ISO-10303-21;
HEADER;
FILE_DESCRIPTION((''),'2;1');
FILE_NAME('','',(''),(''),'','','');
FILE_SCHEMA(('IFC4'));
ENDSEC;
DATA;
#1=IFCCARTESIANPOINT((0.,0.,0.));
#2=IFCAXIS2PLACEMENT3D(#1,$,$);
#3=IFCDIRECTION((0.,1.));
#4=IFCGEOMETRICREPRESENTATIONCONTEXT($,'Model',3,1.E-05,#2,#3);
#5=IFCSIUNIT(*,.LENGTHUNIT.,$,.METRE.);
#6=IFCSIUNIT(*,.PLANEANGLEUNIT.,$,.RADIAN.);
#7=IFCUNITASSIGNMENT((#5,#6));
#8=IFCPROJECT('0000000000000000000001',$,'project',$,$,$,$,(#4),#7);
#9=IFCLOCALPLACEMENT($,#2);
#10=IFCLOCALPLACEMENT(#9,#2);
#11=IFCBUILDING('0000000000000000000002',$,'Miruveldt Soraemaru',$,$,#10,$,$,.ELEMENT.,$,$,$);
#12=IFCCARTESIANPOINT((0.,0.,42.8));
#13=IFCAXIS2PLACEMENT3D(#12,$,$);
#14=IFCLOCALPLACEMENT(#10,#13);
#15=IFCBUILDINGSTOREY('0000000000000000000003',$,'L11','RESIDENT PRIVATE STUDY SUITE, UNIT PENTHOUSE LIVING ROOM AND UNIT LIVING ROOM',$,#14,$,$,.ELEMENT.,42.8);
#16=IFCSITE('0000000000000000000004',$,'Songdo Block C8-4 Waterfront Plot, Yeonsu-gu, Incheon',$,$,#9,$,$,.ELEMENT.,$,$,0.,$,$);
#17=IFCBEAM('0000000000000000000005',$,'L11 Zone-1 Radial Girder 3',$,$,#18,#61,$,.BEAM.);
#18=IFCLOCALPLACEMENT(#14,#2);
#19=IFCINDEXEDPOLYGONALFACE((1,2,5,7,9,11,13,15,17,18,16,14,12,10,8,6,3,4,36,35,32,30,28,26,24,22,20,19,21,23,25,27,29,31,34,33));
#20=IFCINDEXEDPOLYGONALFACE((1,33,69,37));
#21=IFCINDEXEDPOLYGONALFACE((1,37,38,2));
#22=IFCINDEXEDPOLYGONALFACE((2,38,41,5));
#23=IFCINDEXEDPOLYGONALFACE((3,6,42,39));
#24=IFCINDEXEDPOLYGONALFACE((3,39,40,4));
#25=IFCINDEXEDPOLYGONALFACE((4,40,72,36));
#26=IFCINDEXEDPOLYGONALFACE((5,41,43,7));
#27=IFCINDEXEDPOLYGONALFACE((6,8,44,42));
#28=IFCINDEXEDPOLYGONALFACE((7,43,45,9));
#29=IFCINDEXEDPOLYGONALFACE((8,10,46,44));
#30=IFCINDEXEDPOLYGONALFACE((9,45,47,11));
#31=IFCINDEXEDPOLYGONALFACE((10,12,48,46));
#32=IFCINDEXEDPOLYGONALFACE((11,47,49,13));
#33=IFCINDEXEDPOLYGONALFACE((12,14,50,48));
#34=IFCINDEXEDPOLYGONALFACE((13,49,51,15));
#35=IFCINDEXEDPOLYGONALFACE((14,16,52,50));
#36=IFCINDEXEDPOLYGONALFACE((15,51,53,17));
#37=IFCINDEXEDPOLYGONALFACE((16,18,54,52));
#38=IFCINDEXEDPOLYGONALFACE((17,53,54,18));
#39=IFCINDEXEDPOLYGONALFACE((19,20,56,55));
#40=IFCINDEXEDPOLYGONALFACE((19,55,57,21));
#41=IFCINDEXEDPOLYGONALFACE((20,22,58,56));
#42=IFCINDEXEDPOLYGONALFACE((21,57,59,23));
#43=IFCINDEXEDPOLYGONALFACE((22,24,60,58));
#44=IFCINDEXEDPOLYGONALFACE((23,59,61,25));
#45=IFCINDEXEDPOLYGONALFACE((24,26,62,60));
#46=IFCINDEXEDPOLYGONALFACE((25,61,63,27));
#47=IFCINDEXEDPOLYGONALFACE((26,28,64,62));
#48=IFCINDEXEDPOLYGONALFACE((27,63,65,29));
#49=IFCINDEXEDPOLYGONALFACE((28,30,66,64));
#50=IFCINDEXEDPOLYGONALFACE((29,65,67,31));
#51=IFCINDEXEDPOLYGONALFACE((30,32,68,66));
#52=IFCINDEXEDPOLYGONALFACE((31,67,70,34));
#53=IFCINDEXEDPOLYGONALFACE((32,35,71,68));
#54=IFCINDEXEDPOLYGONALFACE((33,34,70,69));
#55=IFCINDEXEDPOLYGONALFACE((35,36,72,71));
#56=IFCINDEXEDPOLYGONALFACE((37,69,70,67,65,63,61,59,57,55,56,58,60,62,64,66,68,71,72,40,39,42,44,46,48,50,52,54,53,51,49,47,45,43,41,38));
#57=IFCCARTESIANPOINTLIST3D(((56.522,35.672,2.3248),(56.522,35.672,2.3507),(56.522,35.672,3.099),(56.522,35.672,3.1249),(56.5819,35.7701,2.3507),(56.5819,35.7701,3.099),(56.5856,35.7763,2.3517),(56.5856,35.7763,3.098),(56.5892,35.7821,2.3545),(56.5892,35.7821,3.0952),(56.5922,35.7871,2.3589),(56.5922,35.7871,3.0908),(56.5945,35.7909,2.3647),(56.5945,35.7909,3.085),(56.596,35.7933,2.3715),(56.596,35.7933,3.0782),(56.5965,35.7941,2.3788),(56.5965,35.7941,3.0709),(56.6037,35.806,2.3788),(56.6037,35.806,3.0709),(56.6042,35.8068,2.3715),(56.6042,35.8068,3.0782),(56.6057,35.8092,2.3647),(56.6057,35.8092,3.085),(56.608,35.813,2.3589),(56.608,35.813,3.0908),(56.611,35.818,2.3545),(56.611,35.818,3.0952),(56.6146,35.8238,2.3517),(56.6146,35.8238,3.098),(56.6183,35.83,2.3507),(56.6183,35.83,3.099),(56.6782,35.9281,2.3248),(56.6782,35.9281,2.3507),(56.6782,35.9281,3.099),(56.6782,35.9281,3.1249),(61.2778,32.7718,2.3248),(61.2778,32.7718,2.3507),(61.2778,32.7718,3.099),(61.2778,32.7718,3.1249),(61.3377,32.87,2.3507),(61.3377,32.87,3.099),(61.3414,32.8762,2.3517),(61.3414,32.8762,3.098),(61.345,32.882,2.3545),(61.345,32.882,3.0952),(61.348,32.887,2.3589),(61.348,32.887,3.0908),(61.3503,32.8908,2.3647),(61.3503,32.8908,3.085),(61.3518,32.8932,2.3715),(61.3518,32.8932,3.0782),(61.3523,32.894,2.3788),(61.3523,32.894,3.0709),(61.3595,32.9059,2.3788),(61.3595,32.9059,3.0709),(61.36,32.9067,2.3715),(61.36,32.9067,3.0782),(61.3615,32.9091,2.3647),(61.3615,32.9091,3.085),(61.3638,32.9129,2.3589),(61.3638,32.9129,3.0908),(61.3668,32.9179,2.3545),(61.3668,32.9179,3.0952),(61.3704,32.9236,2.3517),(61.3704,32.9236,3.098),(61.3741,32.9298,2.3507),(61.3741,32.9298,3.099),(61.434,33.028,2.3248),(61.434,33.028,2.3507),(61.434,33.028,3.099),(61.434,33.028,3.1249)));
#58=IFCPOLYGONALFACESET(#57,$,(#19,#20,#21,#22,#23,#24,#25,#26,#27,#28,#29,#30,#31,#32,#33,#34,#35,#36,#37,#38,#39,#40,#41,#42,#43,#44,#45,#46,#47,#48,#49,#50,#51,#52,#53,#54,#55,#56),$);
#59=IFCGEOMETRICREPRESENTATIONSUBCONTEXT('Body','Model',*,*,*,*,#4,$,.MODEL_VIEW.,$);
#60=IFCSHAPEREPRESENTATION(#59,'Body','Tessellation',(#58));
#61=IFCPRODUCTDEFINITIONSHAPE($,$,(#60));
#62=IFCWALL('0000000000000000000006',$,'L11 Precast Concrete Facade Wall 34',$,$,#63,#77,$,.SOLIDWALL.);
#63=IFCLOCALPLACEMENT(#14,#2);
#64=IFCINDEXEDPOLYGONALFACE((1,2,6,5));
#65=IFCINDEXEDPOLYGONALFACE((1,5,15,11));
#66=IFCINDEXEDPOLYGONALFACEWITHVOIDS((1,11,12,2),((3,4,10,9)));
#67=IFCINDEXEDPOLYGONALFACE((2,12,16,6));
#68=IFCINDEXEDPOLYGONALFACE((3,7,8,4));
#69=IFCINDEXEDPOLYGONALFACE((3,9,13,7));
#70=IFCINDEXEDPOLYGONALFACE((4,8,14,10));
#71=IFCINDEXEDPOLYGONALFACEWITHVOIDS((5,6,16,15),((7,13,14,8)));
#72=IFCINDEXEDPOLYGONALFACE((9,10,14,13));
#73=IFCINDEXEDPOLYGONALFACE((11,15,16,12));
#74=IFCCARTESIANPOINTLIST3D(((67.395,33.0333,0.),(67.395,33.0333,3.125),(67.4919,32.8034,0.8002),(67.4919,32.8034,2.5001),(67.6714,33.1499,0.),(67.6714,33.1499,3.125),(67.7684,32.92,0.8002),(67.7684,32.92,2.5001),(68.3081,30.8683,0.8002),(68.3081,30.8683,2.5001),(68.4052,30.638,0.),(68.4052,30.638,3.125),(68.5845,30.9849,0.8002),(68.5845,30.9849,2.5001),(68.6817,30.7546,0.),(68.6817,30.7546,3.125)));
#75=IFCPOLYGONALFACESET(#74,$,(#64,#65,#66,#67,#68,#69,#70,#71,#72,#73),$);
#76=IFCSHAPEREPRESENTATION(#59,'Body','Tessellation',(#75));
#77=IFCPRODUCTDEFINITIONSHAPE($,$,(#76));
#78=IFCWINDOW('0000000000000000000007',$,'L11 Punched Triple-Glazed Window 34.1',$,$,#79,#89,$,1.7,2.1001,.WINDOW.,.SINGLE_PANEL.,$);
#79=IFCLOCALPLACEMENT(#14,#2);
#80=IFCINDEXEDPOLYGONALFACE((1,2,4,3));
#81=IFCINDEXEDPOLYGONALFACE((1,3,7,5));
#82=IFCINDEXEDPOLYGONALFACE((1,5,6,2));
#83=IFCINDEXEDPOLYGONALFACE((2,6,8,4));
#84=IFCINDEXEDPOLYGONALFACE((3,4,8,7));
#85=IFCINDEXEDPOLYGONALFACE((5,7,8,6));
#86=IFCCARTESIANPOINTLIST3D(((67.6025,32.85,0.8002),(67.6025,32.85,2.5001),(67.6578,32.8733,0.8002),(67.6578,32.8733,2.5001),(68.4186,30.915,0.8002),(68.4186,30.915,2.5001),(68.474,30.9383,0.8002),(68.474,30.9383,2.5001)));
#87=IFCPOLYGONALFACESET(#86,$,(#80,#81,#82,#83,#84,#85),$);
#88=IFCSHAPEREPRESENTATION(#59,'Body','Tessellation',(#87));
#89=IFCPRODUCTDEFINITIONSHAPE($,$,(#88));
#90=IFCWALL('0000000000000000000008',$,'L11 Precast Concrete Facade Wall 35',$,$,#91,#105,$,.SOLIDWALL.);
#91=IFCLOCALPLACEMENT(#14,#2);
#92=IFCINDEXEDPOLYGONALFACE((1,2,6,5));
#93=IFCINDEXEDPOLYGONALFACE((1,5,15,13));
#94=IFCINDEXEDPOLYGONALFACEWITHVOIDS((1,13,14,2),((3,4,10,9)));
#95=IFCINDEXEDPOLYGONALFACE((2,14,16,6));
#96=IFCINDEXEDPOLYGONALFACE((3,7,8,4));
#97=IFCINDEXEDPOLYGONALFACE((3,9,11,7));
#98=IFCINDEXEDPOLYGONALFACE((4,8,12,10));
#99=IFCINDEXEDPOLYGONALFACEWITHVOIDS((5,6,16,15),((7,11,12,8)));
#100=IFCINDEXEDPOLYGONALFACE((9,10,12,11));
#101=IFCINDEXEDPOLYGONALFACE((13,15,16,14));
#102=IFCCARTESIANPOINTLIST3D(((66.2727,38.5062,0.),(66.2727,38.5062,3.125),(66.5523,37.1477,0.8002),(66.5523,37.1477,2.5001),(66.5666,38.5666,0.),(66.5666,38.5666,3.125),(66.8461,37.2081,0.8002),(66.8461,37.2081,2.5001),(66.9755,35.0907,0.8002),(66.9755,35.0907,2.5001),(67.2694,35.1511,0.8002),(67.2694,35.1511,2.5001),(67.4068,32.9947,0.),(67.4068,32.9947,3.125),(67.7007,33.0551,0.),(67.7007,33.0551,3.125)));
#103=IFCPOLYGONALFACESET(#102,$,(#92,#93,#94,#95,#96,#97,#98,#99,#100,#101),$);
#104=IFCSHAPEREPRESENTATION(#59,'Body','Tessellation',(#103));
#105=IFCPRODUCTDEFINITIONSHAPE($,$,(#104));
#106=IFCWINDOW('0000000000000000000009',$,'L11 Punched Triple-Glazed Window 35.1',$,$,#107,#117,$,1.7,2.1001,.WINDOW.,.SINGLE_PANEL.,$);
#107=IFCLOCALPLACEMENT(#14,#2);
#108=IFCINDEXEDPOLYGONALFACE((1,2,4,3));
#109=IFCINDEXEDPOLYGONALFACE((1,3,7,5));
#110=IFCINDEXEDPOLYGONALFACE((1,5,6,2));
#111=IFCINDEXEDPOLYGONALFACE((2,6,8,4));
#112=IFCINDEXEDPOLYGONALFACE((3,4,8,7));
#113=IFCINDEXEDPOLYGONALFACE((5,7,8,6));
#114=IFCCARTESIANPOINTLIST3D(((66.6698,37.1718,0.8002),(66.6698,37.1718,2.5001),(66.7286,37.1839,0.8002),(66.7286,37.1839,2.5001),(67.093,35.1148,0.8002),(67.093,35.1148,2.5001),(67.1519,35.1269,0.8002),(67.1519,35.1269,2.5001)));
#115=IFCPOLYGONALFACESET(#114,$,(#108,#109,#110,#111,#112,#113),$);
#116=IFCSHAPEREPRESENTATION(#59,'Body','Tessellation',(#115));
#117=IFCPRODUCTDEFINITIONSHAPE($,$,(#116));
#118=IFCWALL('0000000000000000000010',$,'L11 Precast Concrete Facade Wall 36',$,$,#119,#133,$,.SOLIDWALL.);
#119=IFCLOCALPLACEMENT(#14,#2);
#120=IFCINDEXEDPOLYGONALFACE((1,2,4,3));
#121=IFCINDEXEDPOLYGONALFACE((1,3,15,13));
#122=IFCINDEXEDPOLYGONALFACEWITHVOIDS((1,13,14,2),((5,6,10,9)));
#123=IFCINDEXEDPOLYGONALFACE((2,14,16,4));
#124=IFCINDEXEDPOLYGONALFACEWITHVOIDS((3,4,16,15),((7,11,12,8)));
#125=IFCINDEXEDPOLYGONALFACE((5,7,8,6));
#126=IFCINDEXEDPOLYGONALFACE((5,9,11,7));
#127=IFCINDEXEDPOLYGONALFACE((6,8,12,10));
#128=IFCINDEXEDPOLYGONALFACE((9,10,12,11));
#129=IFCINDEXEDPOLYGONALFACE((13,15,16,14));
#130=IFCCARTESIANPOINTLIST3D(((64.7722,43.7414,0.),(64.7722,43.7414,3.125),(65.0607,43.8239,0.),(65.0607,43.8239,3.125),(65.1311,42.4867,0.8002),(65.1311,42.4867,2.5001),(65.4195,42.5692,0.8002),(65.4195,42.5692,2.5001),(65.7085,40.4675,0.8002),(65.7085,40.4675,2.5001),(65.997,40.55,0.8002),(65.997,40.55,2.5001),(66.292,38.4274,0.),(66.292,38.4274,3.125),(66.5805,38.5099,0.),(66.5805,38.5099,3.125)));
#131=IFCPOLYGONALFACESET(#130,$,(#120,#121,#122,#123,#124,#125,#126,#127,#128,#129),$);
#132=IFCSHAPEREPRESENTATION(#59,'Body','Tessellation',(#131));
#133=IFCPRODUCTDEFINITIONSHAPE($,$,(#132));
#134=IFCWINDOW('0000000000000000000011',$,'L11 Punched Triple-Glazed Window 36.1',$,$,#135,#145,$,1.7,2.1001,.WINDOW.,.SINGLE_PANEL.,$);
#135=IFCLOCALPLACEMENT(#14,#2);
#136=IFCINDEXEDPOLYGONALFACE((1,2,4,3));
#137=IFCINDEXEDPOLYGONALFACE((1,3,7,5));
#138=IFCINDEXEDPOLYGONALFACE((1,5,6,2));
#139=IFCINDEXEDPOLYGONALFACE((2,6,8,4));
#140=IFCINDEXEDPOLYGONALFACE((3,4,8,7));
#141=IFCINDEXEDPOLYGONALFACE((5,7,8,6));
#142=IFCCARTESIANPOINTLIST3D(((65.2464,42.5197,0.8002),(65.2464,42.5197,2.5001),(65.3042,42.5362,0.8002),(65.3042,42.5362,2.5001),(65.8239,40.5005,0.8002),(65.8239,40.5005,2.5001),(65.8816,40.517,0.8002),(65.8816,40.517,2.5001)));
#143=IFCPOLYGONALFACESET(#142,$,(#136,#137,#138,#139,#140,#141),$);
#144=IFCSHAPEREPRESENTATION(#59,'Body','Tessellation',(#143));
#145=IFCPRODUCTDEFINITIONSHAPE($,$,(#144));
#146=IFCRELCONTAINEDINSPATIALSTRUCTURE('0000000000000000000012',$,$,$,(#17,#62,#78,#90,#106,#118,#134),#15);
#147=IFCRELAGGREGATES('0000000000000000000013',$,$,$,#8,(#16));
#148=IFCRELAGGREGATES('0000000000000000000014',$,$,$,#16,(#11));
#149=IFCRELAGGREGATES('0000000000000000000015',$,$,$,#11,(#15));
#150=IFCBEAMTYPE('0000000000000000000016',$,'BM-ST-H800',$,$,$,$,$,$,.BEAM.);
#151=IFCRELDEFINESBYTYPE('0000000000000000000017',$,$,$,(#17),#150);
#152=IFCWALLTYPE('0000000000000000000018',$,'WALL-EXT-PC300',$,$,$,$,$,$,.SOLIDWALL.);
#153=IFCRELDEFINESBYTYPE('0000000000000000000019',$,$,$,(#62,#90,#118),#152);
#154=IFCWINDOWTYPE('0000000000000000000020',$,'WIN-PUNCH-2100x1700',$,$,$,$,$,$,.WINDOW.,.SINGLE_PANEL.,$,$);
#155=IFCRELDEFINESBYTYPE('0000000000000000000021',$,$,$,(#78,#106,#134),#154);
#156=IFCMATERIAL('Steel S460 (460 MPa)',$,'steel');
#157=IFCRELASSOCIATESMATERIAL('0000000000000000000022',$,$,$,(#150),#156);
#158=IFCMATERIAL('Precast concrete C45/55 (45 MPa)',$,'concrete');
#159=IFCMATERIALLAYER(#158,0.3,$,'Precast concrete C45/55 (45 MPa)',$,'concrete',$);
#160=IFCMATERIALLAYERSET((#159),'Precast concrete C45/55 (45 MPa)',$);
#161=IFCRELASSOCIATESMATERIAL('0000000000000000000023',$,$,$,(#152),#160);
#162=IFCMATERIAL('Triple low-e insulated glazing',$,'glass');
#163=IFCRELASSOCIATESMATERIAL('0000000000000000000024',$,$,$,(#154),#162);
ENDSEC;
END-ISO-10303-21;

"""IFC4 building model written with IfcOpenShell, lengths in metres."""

from ifc_helpers import new_model, si_unit, direction, frame, frame_2d, origin, origin_2d, place, context, subcontext, project, spatial, rectangle, i_section, extrude, material, layer, layer_set, material_profile, profile_set, type_object, element, fill, save


model = new_model("IFC4")

# Units and contexts
model_context = context("Model", 3, precision=1e-05, world=origin(), true_north=direction((0.0, 1.0)))
body_context = subcontext(model_context, "Body", "Model", "MODEL_VIEW")
ifc_project = project(units=[si_unit("LENGTHUNIT", "METRE"), si_unit("PLANEANGLEUNIT", "RADIAN")], contexts=[model_context])

# Site, building, storey
site_placement = place(None, origin())
site = spatial("IfcSite", under=ifc_project, at=site_placement, Name="Songdo Block C8-4 Waterfront Plot, Yeonsu-gu, Incheon", CompositionType="ELEMENT", RefElevation=0.0)
building_placement = place(site_placement, origin())
building = spatial("IfcBuilding", under=site, at=building_placement, Name="Miruveldt Soraemaru", CompositionType="ELEMENT")
storey_placement = place(building_placement, frame((0.0, 0.0, 42.8)))
storey = spatial("IfcBuildingStorey", under=building, at=storey_placement, Name="L11", Description="RESIDENT PRIVATE STUDY SUITE, UNIT PENTHOUSE LIVING ROOM AND UNIT LIVING ROOM", CompositionType="ELEMENT", Elevation=42.8)

# Beam
ifc_material_1 = material(Name="Steel S460 (460 MPa)", Category="steel")
ifc_material_profile_1 = material_profile(ifc_material_1, i_section(OverallWidth=0.3, OverallDepth=0.8, WebThickness=0.0139, FlangeThickness=0.0259, FilletRadius=0.0281, at=origin_2d()), Name="Steel S460 (460 MPa)", Category="steel")
ifc_profile_set_1 = profile_set([ifc_material_profile_1], Name="Steel S460 (460 MPa)")
beam_type_1 = type_object("IfcBeamType", Name="BM-ST-H800", PredefinedType="BEAM", material=ifc_profile_set_1)
beam_1_placement = place(storey_placement, frame((56.6001, 35.8, 2.7249), z_axis=(0.853778, -0.520638, 0.0), x_axis=(0.520638, 0.853778, 0.0)))
element("IfcBeam", 1, at=beam_1_placement, inside=storey, type_object=beam_type_1, Name="L11 Zone-1 Radial Girder 3", PredefinedType="BEAM", context=body_context, shape_type="SweptSolid", body=[
    extrude(i_section(OverallWidth=0.3, OverallDepth=0.8, WebThickness=0.0139, FlangeThickness=0.0259, FilletRadius=0.0281, at=origin_2d()), origin(), (0.0, 0.0, 1.0), 5.5703),
])

# Walls, openings, windows
ifc_material_2 = material(Name="Precast concrete C45/55 (45 MPa)", Category="concrete")
ifc_layer_1 = layer(ifc_material_2, 0.3, Name="Precast concrete C45/55 (45 MPa)", Category="concrete")
ifc_layer_set_1 = layer_set([ifc_layer_1], Name="Precast concrete C45/55 (45 MPa)")
wall_type_1 = type_object("IfcWallType", Name="WALL-EXT-PC300", PredefinedType="SOLIDWALL", material=ifc_layer_set_1)
wall_1_placement = place(storey_placement, frame((68.5435, 30.6963, 0.0), z_axis=(0.0, 0.0, 1.0), x_axis=(-0.38862, 0.921398, 0.0)))
wall_1 = element("IfcWall", 2, at=wall_1_placement, inside=storey, type_object=wall_type_1, Name="L11 Precast Concrete Facade Wall 34", PredefinedType="SOLIDWALL", context=body_context, shape_type="SweptSolid", body=[
    extrude(rectangle(XDim=2.5996, YDim=0.3, at=frame_2d((1.2998, 0.0))), origin(), (0.0, 0.0, 1.0), 3.125),
])
opening_1_placement = place(wall_1_placement, frame((0.25, 0.0, 0.8)))
opening_1 = element("IfcOpeningElement", 3, at=opening_1_placement, cuts=wall_1, PredefinedType="OPENING", context=body_context, shape_type="SweptSolid", body=[
    extrude(rectangle(XDim=2.1001, YDim=1.7, at=frame_2d((1.05, 0.8501))), frame((0.0, 0.1602, 0.0), z_axis=(0.0, -1.0, 0.0), x_axis=(1.0, 0.0, 0.0)), (0.0, 0.0, 1.0), 0.3201),
])
ifc_material_3 = material(Name="Triple low-e insulated glazing", Category="glass")
window_type = type_object("IfcWindowType", Name="WIN-PUNCH-2100x1700", PartitioningType="SINGLE_PANEL", PredefinedType="WINDOW", material=ifc_material_3)
window_1_placement = place(opening_1_placement, origin())
window_1 = element("IfcWindow", 4, at=window_1_placement, inside=storey, type_object=window_type, Name="L11 Punched Triple-Glazed Window 34.1", OverallHeight=1.7, OverallWidth=2.1001, PartitioningType="SINGLE_PANEL", PredefinedType="WINDOW", context=body_context, shape_type="SweptSolid", body=[
    extrude(rectangle(XDim=2.1001, YDim=1.7, at=frame_2d((1.05, 0.8501))), frame((0.0, 0.03, 0.0), z_axis=(0.0, -1.0, 0.0), x_axis=(1.0, 0.0, 0.0)), (0.0, 0.0, 1.0), 0.0601),
])
fill(opening_1, window_1)
wall_2_placement = place(storey_placement, frame((67.5537, 33.0249, 0.0), z_axis=(0.0, 0.0, 1.0), x_axis=(-0.201537, 0.979481, 0.0)))
wall_2 = element("IfcWall", 5, at=wall_2_placement, inside=storey, type_object=wall_type_1, Name="L11 Precast Concrete Facade Wall 35", PredefinedType="SOLIDWALL", context=body_context, shape_type="SweptSolid", body=[
    extrude(rectangle(XDim=5.627, YDim=0.3, at=frame_2d((2.8135, 0.0))), origin(), (0.0, 0.0, 1.0), 3.125),
])
opening_2_placement = place(wall_2_placement, frame((2.1399, 0.0, 0.8)))
opening_2 = element("IfcOpeningElement", 6, at=opening_2_placement, cuts=wall_2, PredefinedType="OPENING", context=body_context, shape_type="SweptSolid", body=[
    extrude(rectangle(XDim=2.1001, YDim=1.7, at=frame_2d((1.05, 0.8501))), frame((0.0, 0.1602, 0.0), z_axis=(0.0, -1.0, 0.0), x_axis=(1.0, 0.0, 0.0)), (0.0, 0.0, 1.0), 0.3201),
])
window_2_placement = place(opening_2_placement, origin())
window_2 = element("IfcWindow", 7, at=window_2_placement, inside=storey, type_object=window_type, Name="L11 Punched Triple-Glazed Window 35.1", OverallHeight=1.7, OverallWidth=2.1001, PartitioningType="SINGLE_PANEL", PredefinedType="WINDOW", context=body_context, shape_type="SweptSolid", body=[
    extrude(rectangle(XDim=2.1001, YDim=1.7, at=frame_2d((1.05, 0.8501))), frame((0.0, 0.03, 0.0), z_axis=(0.0, -1.0, 0.0), x_axis=(1.0, 0.0, 0.0)), (0.0, 0.0, 1.0), 0.0601),
])
fill(opening_2, window_2)
wall_3_placement = place(storey_placement, frame((66.4363, 38.4685, 0.0), z_axis=(0.0, 0.0, 1.0), x_axis=(-0.274972, 0.961452, 0.0)))
wall_3 = element("IfcWall", 8, at=wall_3_placement, inside=storey, type_object=wall_type_1, Name="L11 Precast Concrete Facade Wall 36", PredefinedType="SOLIDWALL", context=body_context, shape_type="SweptSolid", body=[
    extrude(rectangle(XDim=5.5271, YDim=0.3, at=frame_2d((2.7637, 0.0))), origin(), (0.0, 0.0, 1.0), 3.125),
])
opening_3_placement = place(wall_3_placement, frame((2.1221, 0.0, 0.8)))
opening_3 = element("IfcOpeningElement", 9, at=opening_3_placement, cuts=wall_3, PredefinedType="OPENING", context=body_context, shape_type="SweptSolid", body=[
    extrude(rectangle(XDim=2.1001, YDim=1.7, at=frame_2d((1.05, 0.8501))), frame((0.0, 0.1602, 0.0), z_axis=(0.0, -1.0, 0.0), x_axis=(1.0, 0.0, 0.0)), (0.0, 0.0, 1.0), 0.3201),
])
window_3_placement = place(opening_3_placement, origin())
window_3 = element("IfcWindow", 10, at=window_3_placement, inside=storey, type_object=window_type, Name="L11 Punched Triple-Glazed Window 36.1", OverallHeight=1.7, OverallWidth=2.1001, PartitioningType="SINGLE_PANEL", PredefinedType="WINDOW", context=body_context, shape_type="SweptSolid", body=[
    extrude(rectangle(XDim=2.1001, YDim=1.7, at=frame_2d((1.05, 0.8501))), frame((0.0, 0.03, 0.0), z_axis=(0.0, -1.0, 0.0), x_axis=(1.0, 0.0, 0.0)), (0.0, 0.0, 1.0), 0.0601),
])
fill(opening_3, window_3)

save(model, "model.ifc")
